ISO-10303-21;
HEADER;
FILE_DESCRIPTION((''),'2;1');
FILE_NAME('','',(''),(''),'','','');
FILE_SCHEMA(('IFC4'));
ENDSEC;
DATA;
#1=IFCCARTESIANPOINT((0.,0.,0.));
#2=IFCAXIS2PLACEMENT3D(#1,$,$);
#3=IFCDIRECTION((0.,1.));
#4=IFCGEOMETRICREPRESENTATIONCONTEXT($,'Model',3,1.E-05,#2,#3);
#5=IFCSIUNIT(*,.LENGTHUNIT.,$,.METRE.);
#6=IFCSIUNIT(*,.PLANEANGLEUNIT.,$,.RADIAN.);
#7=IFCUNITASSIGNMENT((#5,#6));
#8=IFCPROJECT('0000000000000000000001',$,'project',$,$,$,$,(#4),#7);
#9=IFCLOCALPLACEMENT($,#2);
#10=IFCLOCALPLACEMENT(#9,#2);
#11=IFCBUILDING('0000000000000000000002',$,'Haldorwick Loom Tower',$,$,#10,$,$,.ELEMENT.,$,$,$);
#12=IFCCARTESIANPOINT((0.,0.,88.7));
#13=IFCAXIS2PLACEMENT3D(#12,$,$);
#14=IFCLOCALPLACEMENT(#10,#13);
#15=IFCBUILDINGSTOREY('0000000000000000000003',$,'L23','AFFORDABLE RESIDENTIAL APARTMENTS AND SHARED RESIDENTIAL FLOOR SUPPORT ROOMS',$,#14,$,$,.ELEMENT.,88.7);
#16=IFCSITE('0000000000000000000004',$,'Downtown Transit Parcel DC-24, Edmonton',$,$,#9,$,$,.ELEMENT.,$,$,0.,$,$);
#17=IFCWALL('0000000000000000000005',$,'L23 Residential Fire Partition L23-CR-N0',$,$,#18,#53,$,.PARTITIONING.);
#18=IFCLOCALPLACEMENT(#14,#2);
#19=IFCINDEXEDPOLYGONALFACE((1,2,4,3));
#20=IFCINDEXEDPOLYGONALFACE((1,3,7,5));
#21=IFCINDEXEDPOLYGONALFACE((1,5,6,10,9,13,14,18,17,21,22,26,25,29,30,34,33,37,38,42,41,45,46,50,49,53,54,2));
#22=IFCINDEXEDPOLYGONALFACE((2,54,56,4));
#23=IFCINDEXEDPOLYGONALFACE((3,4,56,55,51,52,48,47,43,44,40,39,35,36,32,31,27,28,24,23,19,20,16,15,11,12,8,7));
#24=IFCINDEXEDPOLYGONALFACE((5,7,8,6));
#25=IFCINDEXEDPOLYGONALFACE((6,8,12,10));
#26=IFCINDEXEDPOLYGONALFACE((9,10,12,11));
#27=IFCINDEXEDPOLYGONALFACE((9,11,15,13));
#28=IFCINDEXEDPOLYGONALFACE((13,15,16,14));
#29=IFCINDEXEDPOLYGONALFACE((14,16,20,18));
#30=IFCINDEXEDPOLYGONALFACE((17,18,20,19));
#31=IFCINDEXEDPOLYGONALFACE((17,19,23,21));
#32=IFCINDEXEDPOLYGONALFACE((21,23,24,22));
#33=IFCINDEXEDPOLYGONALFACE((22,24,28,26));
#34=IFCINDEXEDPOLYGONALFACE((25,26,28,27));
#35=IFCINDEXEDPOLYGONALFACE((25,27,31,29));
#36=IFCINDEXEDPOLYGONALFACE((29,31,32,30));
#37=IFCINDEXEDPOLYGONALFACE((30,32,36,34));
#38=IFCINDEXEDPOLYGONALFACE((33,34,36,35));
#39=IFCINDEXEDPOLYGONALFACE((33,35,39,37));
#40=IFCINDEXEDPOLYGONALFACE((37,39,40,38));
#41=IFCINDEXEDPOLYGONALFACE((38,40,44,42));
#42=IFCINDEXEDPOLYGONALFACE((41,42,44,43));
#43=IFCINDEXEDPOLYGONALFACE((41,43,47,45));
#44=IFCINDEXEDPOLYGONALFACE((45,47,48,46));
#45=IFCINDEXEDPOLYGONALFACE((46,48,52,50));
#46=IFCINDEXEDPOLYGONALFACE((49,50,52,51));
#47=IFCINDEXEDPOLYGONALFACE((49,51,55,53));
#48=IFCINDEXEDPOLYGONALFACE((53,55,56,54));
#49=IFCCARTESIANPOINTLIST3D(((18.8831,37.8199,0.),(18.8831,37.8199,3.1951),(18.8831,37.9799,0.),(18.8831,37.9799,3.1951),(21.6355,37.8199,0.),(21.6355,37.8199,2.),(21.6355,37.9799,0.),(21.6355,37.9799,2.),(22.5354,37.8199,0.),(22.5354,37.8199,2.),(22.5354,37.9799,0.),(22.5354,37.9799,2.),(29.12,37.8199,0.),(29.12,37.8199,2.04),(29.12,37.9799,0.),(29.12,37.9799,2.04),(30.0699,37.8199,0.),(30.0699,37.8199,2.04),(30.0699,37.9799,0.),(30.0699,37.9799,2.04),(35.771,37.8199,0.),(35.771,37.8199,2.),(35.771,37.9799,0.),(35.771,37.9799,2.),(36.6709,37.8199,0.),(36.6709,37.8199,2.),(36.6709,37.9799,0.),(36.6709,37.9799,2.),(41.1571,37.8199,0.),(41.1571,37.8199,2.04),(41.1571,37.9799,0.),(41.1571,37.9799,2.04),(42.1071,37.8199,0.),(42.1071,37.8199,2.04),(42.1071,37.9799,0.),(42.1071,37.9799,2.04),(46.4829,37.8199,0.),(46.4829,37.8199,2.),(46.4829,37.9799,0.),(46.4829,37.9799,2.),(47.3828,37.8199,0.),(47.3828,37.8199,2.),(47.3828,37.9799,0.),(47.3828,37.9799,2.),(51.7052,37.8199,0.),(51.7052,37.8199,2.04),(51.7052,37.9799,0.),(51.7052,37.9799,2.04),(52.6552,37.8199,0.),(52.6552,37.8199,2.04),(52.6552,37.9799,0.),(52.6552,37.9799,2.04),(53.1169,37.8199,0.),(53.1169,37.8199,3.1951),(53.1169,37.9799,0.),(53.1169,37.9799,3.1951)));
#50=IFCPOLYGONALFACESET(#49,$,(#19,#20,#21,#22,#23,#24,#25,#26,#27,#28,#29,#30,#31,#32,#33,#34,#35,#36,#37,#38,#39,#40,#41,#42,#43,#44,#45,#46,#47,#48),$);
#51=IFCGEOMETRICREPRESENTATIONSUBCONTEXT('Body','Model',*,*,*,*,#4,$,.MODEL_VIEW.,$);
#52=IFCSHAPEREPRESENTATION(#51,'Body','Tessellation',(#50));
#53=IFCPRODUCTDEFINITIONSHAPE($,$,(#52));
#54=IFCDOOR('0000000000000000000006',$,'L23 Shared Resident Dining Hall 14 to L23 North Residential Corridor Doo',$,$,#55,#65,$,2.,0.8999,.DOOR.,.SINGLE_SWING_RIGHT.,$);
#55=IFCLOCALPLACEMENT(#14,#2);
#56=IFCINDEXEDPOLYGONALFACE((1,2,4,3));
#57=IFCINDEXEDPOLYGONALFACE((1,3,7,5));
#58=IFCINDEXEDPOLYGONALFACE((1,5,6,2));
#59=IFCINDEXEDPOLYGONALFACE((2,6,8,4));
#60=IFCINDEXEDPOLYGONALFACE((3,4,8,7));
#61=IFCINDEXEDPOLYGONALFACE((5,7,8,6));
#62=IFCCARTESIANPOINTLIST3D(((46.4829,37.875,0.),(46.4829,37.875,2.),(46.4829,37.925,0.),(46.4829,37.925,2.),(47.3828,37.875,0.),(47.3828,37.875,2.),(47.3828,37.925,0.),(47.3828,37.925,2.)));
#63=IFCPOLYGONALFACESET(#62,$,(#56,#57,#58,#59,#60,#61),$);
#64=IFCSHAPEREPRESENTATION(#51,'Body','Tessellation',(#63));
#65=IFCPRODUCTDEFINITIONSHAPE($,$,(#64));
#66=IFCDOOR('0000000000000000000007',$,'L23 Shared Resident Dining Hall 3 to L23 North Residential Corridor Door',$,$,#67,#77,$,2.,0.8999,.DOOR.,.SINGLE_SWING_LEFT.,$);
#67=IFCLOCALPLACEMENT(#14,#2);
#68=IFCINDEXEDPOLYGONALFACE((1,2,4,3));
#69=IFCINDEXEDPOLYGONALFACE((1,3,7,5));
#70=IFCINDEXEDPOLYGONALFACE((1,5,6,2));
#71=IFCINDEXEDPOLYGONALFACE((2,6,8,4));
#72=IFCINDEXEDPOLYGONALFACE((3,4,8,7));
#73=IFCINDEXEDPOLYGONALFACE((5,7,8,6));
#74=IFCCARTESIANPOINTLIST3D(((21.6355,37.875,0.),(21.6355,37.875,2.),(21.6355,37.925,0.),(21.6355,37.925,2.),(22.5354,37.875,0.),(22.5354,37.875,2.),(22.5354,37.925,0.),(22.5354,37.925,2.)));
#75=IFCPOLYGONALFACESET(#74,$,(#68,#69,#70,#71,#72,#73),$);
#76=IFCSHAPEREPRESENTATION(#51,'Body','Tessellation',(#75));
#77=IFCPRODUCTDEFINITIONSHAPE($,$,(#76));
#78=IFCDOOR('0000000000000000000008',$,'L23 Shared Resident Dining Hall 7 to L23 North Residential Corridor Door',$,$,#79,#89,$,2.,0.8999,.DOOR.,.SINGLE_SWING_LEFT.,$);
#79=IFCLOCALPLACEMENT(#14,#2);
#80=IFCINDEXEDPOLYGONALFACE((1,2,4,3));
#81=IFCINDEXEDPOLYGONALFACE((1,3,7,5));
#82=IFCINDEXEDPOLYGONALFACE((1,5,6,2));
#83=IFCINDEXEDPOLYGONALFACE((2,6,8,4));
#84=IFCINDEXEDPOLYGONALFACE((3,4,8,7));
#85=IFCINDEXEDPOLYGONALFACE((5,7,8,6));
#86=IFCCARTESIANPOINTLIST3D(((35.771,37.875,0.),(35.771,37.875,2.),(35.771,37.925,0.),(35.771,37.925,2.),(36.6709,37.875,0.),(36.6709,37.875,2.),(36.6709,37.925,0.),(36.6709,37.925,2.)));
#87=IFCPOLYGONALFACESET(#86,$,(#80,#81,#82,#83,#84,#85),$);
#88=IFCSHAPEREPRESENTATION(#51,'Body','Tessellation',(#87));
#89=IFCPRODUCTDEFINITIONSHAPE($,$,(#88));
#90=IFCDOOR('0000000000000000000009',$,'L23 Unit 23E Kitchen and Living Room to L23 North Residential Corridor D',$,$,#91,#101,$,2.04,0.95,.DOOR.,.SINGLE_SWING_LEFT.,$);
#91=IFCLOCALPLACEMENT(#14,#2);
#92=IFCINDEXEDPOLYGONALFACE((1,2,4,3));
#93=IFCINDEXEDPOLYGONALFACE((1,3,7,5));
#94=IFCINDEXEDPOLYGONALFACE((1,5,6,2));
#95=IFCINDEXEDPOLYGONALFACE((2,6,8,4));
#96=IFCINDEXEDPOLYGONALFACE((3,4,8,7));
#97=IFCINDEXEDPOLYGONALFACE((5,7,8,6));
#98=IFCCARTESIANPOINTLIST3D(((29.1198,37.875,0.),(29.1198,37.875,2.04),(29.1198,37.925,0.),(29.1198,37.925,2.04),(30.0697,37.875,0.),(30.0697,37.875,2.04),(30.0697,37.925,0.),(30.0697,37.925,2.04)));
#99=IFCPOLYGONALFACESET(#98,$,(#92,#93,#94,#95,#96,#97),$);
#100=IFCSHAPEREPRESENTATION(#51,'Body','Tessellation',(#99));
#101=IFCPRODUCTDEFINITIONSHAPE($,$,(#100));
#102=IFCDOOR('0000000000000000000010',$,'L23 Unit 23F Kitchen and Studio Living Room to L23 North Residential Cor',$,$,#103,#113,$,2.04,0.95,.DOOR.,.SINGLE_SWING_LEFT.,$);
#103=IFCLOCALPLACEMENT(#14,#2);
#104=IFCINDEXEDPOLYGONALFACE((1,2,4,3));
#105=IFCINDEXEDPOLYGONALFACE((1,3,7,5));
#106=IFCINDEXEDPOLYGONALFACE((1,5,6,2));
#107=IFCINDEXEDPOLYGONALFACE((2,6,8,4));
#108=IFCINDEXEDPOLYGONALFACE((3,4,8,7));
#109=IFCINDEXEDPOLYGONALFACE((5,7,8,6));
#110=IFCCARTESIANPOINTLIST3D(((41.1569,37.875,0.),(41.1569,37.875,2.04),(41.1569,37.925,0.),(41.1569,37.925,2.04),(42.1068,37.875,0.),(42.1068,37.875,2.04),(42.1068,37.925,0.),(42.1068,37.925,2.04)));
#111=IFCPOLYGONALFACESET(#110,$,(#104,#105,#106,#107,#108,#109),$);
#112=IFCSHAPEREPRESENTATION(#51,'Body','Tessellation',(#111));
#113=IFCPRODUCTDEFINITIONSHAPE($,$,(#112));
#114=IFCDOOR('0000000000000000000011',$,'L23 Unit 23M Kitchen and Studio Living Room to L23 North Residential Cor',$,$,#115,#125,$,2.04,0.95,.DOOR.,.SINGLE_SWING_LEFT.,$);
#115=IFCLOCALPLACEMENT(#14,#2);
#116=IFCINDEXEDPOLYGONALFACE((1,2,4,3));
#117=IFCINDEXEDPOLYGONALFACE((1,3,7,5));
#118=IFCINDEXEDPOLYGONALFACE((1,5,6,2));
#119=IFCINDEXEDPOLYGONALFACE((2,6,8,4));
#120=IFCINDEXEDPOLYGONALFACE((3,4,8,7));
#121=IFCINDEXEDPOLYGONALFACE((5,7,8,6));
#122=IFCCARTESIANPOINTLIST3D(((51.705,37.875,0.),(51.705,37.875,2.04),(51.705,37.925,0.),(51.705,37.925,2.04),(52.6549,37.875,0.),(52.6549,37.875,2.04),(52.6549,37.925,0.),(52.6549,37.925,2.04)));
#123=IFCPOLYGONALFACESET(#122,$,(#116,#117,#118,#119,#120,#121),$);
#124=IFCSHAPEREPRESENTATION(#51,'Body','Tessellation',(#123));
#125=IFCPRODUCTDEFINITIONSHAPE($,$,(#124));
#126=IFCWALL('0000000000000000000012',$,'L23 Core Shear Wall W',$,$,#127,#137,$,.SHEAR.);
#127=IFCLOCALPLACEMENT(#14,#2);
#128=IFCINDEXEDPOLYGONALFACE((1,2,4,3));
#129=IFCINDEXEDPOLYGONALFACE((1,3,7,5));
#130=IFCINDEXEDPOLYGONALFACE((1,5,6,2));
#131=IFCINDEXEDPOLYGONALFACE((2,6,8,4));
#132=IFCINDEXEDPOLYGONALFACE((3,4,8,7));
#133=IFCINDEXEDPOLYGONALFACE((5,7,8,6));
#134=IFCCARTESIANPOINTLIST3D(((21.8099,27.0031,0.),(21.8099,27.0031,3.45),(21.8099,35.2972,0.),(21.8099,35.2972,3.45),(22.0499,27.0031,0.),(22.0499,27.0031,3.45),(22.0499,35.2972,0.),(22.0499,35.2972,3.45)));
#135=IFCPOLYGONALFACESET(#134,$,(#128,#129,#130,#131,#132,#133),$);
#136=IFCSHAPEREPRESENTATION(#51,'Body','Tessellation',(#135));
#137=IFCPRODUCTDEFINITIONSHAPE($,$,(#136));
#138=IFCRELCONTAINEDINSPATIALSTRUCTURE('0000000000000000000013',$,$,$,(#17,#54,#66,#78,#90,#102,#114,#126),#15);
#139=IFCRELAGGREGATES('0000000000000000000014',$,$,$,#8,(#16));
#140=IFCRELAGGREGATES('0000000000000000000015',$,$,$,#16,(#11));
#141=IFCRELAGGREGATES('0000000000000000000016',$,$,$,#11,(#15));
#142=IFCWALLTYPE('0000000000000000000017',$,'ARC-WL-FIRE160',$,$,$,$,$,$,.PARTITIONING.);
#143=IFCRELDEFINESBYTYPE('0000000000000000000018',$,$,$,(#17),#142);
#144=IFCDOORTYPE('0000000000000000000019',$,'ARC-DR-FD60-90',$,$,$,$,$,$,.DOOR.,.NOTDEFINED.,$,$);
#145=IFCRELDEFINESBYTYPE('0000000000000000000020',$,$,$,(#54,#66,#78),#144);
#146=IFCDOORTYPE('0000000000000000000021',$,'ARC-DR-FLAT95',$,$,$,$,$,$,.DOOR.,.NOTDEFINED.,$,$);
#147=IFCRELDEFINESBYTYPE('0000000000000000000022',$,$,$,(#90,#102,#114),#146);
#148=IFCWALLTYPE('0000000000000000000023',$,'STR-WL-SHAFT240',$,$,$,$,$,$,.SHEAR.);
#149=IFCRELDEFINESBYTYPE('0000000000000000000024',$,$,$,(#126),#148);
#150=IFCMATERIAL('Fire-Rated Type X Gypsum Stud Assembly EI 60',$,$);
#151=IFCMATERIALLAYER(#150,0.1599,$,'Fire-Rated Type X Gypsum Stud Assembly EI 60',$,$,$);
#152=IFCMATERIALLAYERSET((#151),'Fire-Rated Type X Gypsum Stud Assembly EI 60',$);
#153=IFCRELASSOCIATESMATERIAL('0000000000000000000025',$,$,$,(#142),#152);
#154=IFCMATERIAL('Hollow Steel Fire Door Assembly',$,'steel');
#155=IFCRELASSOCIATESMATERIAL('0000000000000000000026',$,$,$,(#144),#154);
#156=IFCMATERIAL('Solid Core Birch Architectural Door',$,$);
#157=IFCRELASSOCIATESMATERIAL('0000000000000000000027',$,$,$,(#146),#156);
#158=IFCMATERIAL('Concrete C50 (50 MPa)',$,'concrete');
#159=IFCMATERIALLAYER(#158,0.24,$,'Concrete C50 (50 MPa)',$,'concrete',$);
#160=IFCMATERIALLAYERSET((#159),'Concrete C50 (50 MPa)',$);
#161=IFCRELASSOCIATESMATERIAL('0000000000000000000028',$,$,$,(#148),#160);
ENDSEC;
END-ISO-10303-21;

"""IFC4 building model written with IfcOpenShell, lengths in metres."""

from ifc_helpers import new_model, si_unit, direction, frame, frame_2d, origin, place, context, subcontext, project, spatial, rectangle, extrude, material, layer, layer_set, type_object, element, fill, save


model = new_model("IFC4")

# Units and contexts
model_context = context("Model", 3, precision=1e-05, world=origin(), true_north=direction((0.0, 1.0)))
body_context = subcontext(model_context, "Body", "Model", "MODEL_VIEW")
ifc_project = project(units=[si_unit("LENGTHUNIT", "METRE"), si_unit("PLANEANGLEUNIT", "RADIAN")], contexts=[model_context])

# Site, building, storey
site_placement = place(None, origin())
site = spatial("IfcSite", under=ifc_project, at=site_placement, Name="Downtown Transit Parcel DC-24, Edmonton", CompositionType="ELEMENT", RefElevation=0.0)
building_placement = place(site_placement, origin())
building = spatial("IfcBuilding", under=site, at=building_placement, Name="Haldorwick Loom Tower", CompositionType="ELEMENT")
storey_placement = place(building_placement, frame((0.0, 0.0, 88.7)))
storey = spatial("IfcBuildingStorey", under=building, at=storey_placement, Name="L23", Description="AFFORDABLE RESIDENTIAL APARTMENTS AND SHARED RESIDENTIAL FLOOR SUPPORT ROOMS", CompositionType="ELEMENT", Elevation=88.7)

# Wall, openings, doors
ifc_material_1 = material(Name="Fire-Rated Type X Gypsum Stud Assembly EI 60")
ifc_layer_1 = layer(ifc_material_1, 0.1599, Name="Fire-Rated Type X Gypsum Stud Assembly EI 60")
ifc_layer_set_1 = layer_set([ifc_layer_1], Name="Fire-Rated Type X Gypsum Stud Assembly EI 60")
wall_type_1 = type_object("IfcWallType", Name="ARC-WL-FIRE160", PredefinedType="PARTITIONING", material=ifc_layer_set_1)
wall_1_placement = place(storey_placement, frame((18.8831, 37.8999, 0.0), z_axis=(0.0, 0.0, 1.0), x_axis=(1.0, 0.0, 0.0)))
wall_1 = element("IfcWall", 1, at=wall_1_placement, inside=storey, type_object=wall_type_1, Name="L23 Residential Fire Partition L23-CR-N0", PredefinedType="PARTITIONING", context=body_context, shape_type="SweptSolid", body=[
    extrude(rectangle(XDim=34.2339, YDim=0.1599, at=frame_2d((17.1169, 0.0))), origin(), (0.0, 0.0, 1.0), 3.1951),
])
opening_1_placement = place(wall_1_placement, frame((10.2368, 0.0, 0.0)))
opening_1 = element("IfcOpeningElement", 2, at=opening_1_placement, cuts=wall_1, PredefinedType="OPENING", context=body_context, shape_type="SweptSolid", body=[
    extrude(rectangle(XDim=0.95, YDim=2.04, at=frame_2d((0.4751, 1.02))), frame((0.0, 0.0898, 0.0), z_axis=(0.0, -1.0, 0.0), x_axis=(1.0, 0.0, 0.0)), (0.0, 0.0, 1.0), 0.1799),
])
opening_2_placement = place(wall_1_placement, frame((27.5999, 0.0, 0.0)))
opening_2 = element("IfcOpeningElement", 3, at=opening_2_placement, cuts=wall_1, PredefinedType="OPENING", context=body_context, shape_type="SweptSolid", body=[
    extrude(rectangle(XDim=0.8999, YDim=2.0, at=frame_2d((0.45, 1.0))), frame((0.0, 0.0898, 0.0), z_axis=(0.0, -1.0, 0.0), x_axis=(1.0, 0.0, 0.0)), (0.0, 0.0, 1.0), 0.1799),
])
opening_3_placement = place(wall_1_placement, frame((2.7524, 0.0, 0.0)))
opening_3 = element("IfcOpeningElement", 4, at=opening_3_placement, cuts=wall_1, PredefinedType="OPENING", context=body_context, shape_type="SweptSolid", body=[
    extrude(rectangle(XDim=0.8999, YDim=2.0, at=frame_2d((0.45, 1.0))), frame((0.0, 0.0898, 0.0), z_axis=(0.0, -1.0, 0.0), x_axis=(1.0, 0.0, 0.0)), (0.0, 0.0, 1.0), 0.1799),
])
opening_4_placement = place(wall_1_placement, frame((16.8879, 0.0, 0.0)))
opening_4 = element("IfcOpeningElement", 5, at=opening_4_placement, cuts=wall_1, PredefinedType="OPENING", context=body_context, shape_type="SweptSolid", body=[
    extrude(rectangle(XDim=0.8999, YDim=2.0, at=frame_2d((0.45, 1.0))), frame((0.0, 0.0898, 0.0), z_axis=(0.0, -1.0, 0.0), x_axis=(1.0, 0.0, 0.0)), (0.0, 0.0, 1.0), 0.1799),
])
opening_5_placement = place(wall_1_placement, frame((22.2739, 0.0, 0.0)))
opening_5 = element("IfcOpeningElement", 6, at=opening_5_placement, cuts=wall_1, PredefinedType="OPENING", context=body_context, shape_type="SweptSolid", body=[
    extrude(rectangle(XDim=0.95, YDim=2.04, at=frame_2d((0.4751, 1.02))), frame((0.0, 0.0898, 0.0), z_axis=(0.0, -1.0, 0.0), x_axis=(1.0, 0.0, 0.0)), (0.0, 0.0, 1.0), 0.1799),
])
opening_6_placement = place(wall_1_placement, frame((32.822, 0.0, 0.0)))
opening_6 = element("IfcOpeningElement", 7, at=opening_6_placement, cuts=wall_1, PredefinedType="OPENING", context=body_context, shape_type="SweptSolid", body=[
    extrude(rectangle(XDim=0.95, YDim=2.04, at=frame_2d((0.4751, 1.02))), frame((0.0, 0.0898, 0.0), z_axis=(0.0, -1.0, 0.0), x_axis=(1.0, 0.0, 0.0)), (0.0, 0.0, 1.0), 0.1799),
])
ifc_material_2 = material(Name="Hollow Steel Fire Door Assembly", Category="steel")
door_type_1 = type_object("IfcDoorType", Name="ARC-DR-FD60-90", OperationType="NOTDEFINED", PredefinedType="DOOR", material=ifc_material_2)
door_1_placement = place(opening_2_placement, frame((0.8999, 0.0, 0.0), z_axis=(0.0, 0.0, 1.0), x_axis=(-1.0, 0.0, 0.0)))
door_1 = element("IfcDoor", 8, at=door_1_placement, inside=storey, type_object=door_type_1, Name="L23 Shared Resident Dining Hall 14 to L23 North Residential Corridor Doo", OperationType="SINGLE_SWING_RIGHT", OverallHeight=2.0, OverallWidth=0.8999, PredefinedType="DOOR", context=body_context, shape_type="SweptSolid", body=[
    extrude(rectangle(XDim=0.8999, YDim=2.0, at=frame_2d((0.45, 1.0))), frame((0.0, 0.0249, 0.0), z_axis=(0.0, -1.0, 0.0), x_axis=(1.0, 0.0, 0.0)), (0.0, 0.0, 1.0), 0.05),
])
fill(opening_2, door_1)
door_2_placement = place(opening_3_placement, frame((0.8999, 0.0, 0.0), z_axis=(0.0, 0.0, 1.0), x_axis=(-1.0, 0.0, 0.0)))
door_2 = element("IfcDoor", 9, at=door_2_placement, inside=storey, type_object=door_type_1, Name="L23 Shared Resident Dining Hall 3 to L23 North Residential Corridor Door", OperationType="SINGLE_SWING_LEFT", OverallHeight=2.0, OverallWidth=0.8999, PredefinedType="DOOR", context=body_context, shape_type="SweptSolid", body=[
    extrude(rectangle(XDim=0.8999, YDim=2.0, at=frame_2d((0.45, 1.0))), frame((0.0, 0.0249, 0.0), z_axis=(0.0, -1.0, 0.0), x_axis=(1.0, 0.0, 0.0)), (0.0, 0.0, 1.0), 0.05),
])
fill(opening_3, door_2)
door_3_placement = place(opening_4_placement, frame((0.8999, 0.0, 0.0), z_axis=(0.0, 0.0, 1.0), x_axis=(-1.0, 0.0, 0.0)))
door_3 = element("IfcDoor", 10, at=door_3_placement, inside=storey, type_object=door_type_1, Name="L23 Shared Resident Dining Hall 7 to L23 North Residential Corridor Door", OperationType="SINGLE_SWING_LEFT", OverallHeight=2.0, OverallWidth=0.8999, PredefinedType="DOOR", context=body_context, shape_type="SweptSolid", body=[
    extrude(rectangle(XDim=0.8999, YDim=2.0, at=frame_2d((0.45, 1.0))), frame((0.0, 0.0249, 0.0), z_axis=(0.0, -1.0, 0.0), x_axis=(1.0, 0.0, 0.0)), (0.0, 0.0, 1.0), 0.05),
])
fill(opening_4, door_3)
ifc_material_3 = material(Name="Solid Core Birch Architectural Door")
door_type_2 = type_object("IfcDoorType", Name="ARC-DR-FLAT95", OperationType="NOTDEFINED", PredefinedType="DOOR", material=ifc_material_3)
door_4_placement = place(opening_1_placement, frame((0.95, 0.0, 0.0), z_axis=(0.0, 0.0, 1.0), x_axis=(-1.0, 0.0, 0.0)))
door_4 = element("IfcDoor", 11, at=door_4_placement, inside=storey, type_object=door_type_2, Name="L23 Unit 23E Kitchen and Living Room to L23 North Residential Corridor D", OperationType="SINGLE_SWING_LEFT", OverallHeight=2.04, OverallWidth=0.95, PredefinedType="DOOR", context=body_context, shape_type="SweptSolid", body=[
    extrude(rectangle(XDim=0.95, YDim=2.04, at=frame_2d((0.4751, 1.02))), frame((0.0, 0.0249, 0.0), z_axis=(0.0, -1.0, 0.0), x_axis=(1.0, 0.0, 0.0)), (0.0, 0.0, 1.0), 0.05),
])
fill(opening_1, door_4)
door_5_placement = place(opening_5_placement, frame((0.95, 0.0, 0.0), z_axis=(0.0, 0.0, 1.0), x_axis=(-1.0, 0.0, 0.0)))
door_5 = element("IfcDoor", 12, at=door_5_placement, inside=storey, type_object=door_type_2, Name="L23 Unit 23F Kitchen and Studio Living Room to L23 North Residential Cor", OperationType="SINGLE_SWING_LEFT", OverallHeight=2.04, OverallWidth=0.95, PredefinedType="DOOR", context=body_context, shape_type="SweptSolid", body=[
    extrude(rectangle(XDim=0.95, YDim=2.04, at=frame_2d((0.4751, 1.02))), frame((0.0, 0.0249, 0.0), z_axis=(0.0, -1.0, 0.0), x_axis=(1.0, 0.0, 0.0)), (0.0, 0.0, 1.0), 0.05),
])
fill(opening_5, door_5)
door_6_placement = place(opening_6_placement, frame((0.95, 0.0, 0.0), z_axis=(0.0, 0.0, 1.0), x_axis=(-1.0, 0.0, 0.0)))
door_6 = element("IfcDoor", 13, at=door_6_placement, inside=storey, type_object=door_type_2, Name="L23 Unit 23M Kitchen and Studio Living Room to L23 North Residential Cor", OperationType="SINGLE_SWING_LEFT", OverallHeight=2.04, OverallWidth=0.95, PredefinedType="DOOR", context=body_context, shape_type="SweptSolid", body=[
    extrude(rectangle(XDim=0.95, YDim=2.04, at=frame_2d((0.4751, 1.02))), frame((0.0, 0.0249, 0.0), z_axis=(0.0, -1.0, 0.0), x_axis=(1.0, 0.0, 0.0)), (0.0, 0.0, 1.0), 0.05),
])
fill(opening_6, door_6)

# Wall
ifc_material_4 = material(Name="Concrete C50 (50 MPa)", Category="concrete")
ifc_layer_2 = layer(ifc_material_4, 0.24, Name="Concrete C50 (50 MPa)", Category="concrete")
ifc_layer_set_2 = layer_set([ifc_layer_2], Name="Concrete C50 (50 MPa)")
wall_type_2 = type_object("IfcWallType", Name="STR-WL-SHAFT240", PredefinedType="SHEAR", material=ifc_layer_set_2)
wall_2_placement = place(storey_placement, frame((21.9299, 35.2971, 0.0), z_axis=(0.0, 0.0, 1.0), x_axis=(0.0, -1.0, 0.0)))
element("IfcWall", 14, at=wall_2_placement, inside=storey, type_object=wall_type_2, Name="L23 Core Shear Wall W", PredefinedType="SHEAR", context=body_context, shape_type="SweptSolid", body=[
    extrude(rectangle(XDim=8.2942, YDim=0.24, at=frame_2d((4.147, 0.0))), origin(), (0.0, 0.0, 1.0), 3.45),
])

save(model, "model.ifc")
